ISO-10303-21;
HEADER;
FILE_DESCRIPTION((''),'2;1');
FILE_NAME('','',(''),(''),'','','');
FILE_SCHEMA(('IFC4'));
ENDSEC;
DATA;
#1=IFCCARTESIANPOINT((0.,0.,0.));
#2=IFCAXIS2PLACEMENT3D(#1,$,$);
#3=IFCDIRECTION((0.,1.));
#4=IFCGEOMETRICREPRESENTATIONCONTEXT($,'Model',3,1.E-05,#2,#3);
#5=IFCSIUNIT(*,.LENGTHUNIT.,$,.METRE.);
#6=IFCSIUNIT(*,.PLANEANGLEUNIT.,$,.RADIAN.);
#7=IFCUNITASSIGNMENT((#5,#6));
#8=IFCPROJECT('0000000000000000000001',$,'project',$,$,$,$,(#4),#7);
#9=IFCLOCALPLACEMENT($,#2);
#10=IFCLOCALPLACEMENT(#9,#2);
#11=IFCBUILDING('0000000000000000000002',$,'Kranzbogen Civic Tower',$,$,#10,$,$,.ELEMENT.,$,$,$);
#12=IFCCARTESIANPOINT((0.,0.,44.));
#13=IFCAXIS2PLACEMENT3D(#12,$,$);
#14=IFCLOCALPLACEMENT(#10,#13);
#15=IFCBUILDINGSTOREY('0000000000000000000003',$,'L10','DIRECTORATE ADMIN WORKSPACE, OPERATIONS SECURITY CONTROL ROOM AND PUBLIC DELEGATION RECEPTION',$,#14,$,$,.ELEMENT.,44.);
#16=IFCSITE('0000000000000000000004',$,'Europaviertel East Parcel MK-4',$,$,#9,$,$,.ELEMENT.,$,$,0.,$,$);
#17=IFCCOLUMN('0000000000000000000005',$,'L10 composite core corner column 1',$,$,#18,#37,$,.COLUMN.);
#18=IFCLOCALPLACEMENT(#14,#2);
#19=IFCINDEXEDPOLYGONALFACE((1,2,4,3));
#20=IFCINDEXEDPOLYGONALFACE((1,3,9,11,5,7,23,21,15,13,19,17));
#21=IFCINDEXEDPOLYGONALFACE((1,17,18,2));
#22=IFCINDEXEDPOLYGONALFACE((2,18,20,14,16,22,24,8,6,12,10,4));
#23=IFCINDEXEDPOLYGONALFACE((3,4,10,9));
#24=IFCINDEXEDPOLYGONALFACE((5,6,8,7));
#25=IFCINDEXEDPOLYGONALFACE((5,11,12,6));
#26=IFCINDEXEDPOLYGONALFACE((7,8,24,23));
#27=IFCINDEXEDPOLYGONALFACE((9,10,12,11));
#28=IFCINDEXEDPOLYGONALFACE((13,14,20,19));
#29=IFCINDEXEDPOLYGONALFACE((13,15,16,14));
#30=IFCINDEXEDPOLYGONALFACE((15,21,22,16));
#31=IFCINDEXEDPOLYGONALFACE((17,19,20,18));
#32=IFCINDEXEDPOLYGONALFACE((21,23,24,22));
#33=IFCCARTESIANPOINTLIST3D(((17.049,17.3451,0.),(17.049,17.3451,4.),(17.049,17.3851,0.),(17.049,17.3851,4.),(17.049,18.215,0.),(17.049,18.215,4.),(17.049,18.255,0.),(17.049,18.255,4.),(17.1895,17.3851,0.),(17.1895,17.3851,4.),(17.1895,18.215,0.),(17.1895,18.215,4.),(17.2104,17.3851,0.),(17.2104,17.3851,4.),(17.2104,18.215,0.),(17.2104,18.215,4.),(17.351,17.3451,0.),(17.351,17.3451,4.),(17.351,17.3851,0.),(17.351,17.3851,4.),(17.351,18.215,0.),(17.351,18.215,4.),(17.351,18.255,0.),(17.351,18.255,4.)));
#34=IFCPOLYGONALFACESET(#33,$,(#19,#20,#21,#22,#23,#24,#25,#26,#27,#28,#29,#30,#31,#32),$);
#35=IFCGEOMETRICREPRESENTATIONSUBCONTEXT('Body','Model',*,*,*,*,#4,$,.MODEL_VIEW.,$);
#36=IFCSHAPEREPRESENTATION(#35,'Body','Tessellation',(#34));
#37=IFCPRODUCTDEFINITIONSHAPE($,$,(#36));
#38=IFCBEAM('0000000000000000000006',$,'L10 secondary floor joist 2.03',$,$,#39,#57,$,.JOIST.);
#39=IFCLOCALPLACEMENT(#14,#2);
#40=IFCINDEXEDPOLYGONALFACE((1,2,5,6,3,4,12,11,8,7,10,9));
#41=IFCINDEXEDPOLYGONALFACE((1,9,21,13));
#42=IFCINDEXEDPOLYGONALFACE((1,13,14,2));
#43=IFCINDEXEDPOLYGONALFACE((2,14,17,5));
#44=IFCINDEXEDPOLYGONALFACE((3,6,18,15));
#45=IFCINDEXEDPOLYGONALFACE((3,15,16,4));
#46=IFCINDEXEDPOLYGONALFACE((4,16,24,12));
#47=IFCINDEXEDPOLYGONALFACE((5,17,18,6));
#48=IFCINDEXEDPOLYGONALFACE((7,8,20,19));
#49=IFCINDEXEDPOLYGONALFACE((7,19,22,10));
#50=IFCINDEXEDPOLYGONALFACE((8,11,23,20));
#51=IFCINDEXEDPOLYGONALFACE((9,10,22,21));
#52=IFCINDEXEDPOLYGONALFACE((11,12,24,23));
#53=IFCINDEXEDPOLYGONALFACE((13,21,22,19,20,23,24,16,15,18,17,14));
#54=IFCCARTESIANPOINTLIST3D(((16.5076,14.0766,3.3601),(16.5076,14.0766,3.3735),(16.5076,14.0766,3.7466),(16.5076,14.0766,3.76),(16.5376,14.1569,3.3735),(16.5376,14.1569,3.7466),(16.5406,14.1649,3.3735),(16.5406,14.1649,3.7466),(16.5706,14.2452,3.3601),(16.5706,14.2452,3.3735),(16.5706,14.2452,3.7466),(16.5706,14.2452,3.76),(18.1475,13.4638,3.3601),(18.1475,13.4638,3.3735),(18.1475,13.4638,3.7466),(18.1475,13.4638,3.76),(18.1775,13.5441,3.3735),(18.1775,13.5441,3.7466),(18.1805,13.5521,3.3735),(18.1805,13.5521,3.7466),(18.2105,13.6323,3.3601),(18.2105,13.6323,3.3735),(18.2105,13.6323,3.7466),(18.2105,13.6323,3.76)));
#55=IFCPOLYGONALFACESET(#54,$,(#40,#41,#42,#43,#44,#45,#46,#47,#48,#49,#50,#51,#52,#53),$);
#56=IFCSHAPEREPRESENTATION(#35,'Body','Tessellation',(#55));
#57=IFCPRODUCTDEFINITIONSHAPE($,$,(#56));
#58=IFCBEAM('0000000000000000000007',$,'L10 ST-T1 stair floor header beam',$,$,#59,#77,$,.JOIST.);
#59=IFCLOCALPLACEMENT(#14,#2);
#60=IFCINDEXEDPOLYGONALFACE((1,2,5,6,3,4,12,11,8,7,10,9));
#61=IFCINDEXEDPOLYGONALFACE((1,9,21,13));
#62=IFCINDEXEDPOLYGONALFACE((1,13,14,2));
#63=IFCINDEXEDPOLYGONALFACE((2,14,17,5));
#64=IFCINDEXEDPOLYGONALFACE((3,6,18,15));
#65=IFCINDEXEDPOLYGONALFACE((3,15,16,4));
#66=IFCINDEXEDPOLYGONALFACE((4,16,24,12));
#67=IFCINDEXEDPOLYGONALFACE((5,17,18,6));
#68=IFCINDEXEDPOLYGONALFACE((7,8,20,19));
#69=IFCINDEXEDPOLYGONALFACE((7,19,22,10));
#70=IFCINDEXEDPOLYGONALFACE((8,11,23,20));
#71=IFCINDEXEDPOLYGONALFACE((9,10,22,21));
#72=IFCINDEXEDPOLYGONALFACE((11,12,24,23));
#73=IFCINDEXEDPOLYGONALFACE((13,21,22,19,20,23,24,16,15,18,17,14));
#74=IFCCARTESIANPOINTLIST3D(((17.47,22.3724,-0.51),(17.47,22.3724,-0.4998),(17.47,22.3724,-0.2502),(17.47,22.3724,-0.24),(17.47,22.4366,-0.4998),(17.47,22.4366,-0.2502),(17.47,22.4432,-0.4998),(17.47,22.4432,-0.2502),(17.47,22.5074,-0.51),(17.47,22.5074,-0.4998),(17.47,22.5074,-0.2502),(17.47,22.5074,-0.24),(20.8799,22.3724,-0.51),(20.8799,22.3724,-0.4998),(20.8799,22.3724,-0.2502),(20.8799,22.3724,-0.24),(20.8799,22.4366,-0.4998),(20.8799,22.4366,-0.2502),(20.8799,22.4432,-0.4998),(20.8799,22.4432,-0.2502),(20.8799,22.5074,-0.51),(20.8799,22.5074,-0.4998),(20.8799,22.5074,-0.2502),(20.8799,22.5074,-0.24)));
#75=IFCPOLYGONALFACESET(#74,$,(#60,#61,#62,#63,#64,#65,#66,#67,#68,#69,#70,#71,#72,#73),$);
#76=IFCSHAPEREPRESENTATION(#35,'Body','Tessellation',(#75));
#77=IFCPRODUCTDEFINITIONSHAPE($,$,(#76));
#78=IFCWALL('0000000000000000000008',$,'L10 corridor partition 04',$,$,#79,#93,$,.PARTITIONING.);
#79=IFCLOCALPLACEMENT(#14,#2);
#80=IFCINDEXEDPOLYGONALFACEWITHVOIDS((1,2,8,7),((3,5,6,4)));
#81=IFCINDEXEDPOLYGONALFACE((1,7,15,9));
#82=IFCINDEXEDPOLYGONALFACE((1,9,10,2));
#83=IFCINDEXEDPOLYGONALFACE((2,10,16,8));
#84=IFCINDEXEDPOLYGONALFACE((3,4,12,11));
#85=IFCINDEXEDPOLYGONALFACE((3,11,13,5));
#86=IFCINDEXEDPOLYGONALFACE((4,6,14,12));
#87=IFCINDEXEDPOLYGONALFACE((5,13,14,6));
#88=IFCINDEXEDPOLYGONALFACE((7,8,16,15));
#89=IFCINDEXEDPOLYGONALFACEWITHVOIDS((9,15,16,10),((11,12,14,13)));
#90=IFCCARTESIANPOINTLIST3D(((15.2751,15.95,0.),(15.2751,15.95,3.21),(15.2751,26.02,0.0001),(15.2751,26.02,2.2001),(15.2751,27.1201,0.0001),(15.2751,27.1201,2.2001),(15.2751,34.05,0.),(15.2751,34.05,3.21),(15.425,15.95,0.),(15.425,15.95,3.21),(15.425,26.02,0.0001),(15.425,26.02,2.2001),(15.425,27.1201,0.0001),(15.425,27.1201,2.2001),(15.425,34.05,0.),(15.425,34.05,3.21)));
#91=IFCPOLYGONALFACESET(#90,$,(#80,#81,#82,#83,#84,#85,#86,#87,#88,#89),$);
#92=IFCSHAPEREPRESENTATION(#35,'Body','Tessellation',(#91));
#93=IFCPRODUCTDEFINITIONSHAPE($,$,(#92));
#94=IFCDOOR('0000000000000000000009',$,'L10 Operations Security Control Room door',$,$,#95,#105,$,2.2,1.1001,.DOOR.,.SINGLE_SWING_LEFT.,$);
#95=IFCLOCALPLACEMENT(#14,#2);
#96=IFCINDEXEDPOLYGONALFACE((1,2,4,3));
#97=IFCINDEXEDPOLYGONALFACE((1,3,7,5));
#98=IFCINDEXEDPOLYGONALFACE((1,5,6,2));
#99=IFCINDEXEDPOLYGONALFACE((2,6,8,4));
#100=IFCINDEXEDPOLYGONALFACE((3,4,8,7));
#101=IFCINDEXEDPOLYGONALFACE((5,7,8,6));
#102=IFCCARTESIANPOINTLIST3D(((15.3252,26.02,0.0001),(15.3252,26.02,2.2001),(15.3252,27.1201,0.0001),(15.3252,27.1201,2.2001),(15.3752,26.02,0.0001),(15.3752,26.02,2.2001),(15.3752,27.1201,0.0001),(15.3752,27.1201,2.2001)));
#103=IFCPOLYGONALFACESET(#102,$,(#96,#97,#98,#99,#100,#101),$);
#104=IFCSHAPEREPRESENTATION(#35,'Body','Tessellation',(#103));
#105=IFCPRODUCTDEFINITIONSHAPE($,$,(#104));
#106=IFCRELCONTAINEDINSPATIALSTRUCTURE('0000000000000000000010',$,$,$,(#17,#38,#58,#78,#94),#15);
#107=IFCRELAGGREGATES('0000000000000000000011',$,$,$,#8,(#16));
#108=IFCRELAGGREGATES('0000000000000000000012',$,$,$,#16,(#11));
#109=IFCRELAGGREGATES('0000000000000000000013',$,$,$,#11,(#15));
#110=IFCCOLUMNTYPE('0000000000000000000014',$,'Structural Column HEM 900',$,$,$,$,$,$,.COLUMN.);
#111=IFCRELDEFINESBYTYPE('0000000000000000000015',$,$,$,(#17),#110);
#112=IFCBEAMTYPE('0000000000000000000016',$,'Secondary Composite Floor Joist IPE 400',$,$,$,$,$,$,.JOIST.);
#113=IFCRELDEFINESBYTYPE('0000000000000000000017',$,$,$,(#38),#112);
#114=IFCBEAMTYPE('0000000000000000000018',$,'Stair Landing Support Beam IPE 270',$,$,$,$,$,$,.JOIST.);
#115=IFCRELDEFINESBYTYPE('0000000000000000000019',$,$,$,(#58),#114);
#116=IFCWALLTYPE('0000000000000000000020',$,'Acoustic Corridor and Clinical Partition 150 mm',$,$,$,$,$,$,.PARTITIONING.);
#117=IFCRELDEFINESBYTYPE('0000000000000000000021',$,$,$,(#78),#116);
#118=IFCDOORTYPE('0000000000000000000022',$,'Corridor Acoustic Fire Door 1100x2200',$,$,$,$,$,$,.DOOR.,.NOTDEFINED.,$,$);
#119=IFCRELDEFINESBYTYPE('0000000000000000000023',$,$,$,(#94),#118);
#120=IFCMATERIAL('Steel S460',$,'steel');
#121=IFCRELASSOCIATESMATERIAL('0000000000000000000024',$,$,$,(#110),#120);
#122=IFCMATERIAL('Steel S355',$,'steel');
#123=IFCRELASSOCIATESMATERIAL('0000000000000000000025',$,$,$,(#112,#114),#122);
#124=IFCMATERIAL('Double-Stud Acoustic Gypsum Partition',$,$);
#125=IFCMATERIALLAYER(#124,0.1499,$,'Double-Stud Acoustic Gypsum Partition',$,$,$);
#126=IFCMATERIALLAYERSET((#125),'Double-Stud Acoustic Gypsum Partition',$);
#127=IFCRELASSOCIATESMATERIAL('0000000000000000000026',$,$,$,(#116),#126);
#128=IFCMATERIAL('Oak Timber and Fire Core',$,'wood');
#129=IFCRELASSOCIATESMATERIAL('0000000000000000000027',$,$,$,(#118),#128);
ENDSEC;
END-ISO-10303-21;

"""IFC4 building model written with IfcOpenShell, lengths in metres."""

from ifc_helpers import new_model, si_unit, direction, frame, frame_2d, origin, origin_2d, place, context, subcontext, project, spatial, rectangle, i_section, extrude, material, layer, layer_set, material_profile, profile_set, type_object, element, fill, save


model = new_model("IFC4")

# Units and contexts
model_context = context("Model", 3, precision=1e-05, world=origin(), true_north=direction((0.0, 1.0)))
body_context = subcontext(model_context, "Body", "Model", "MODEL_VIEW")
ifc_project = project(units=[si_unit("LENGTHUNIT", "METRE"), si_unit("PLANEANGLEUNIT", "RADIAN")], contexts=[model_context])

# Site, building, storey
site_placement = place(None, origin())
site = spatial("IfcSite", under=ifc_project, at=site_placement, Name="Europaviertel East Parcel MK-4", CompositionType="ELEMENT", RefElevation=0.0)
building_placement = place(site_placement, origin())
building = spatial("IfcBuilding", under=site, at=building_placement, Name="Kranzbogen Civic Tower", CompositionType="ELEMENT")
storey_placement = place(building_placement, frame((0.0, 0.0, 44.0)))
storey = spatial("IfcBuildingStorey", under=building, at=storey_placement, Name="L10", Description="DIRECTORATE ADMIN WORKSPACE, OPERATIONS SECURITY CONTROL ROOM AND PUBLIC DELEGATION RECEPTION", CompositionType="ELEMENT", Elevation=44.0)

# Column
ifc_material_1 = material(Name="Steel S460", Category="steel")
ifc_material_profile_1 = material_profile(ifc_material_1, i_section(OverallWidth=0.302, OverallDepth=0.9099, WebThickness=0.021, FlangeThickness=0.04, at=origin_2d()), Name="HEM 900")
ifc_profile_set_1 = profile_set([ifc_material_profile_1], Name="Steel S460")
column_type = type_object("IfcColumnType", Name="Structural Column HEM 900", PredefinedType="COLUMN", material=ifc_profile_set_1)
column_placement = place(storey_placement, frame((17.2, 17.8, 0.0), z_axis=(0.0, 0.0, 1.0), x_axis=(1.0, 0.0, 0.0)))
element("IfcColumn", 1, at=column_placement, inside=storey, type_object=column_type, Name="L10 composite core corner column 1", PredefinedType="COLUMN", context=body_context, shape_type="SweptSolid", body=[
    extrude(i_section(OverallWidth=0.302, OverallDepth=0.9099, WebThickness=0.021, FlangeThickness=0.04, at=origin_2d()), origin(), (0.0, 0.0, 1.0), 4.0),
])

# Beams
ifc_material_2 = material(Name="Steel S355", Category="steel")
ifc_material_profile_2 = material_profile(ifc_material_2, i_section(OverallWidth=0.1799, OverallDepth=0.3999, WebThickness=0.0085, FlangeThickness=0.0134, at=origin_2d()), Name="IPE 400")
ifc_profile_set_2 = profile_set([ifc_material_profile_2], Name="Steel S355")
beam_type_1 = type_object("IfcBeamType", Name="Secondary Composite Floor Joist IPE 400", PredefinedType="JOIST", material=ifc_profile_set_2)
beam_1_placement = place(storey_placement, frame((16.5391, 14.1609, 3.5601), z_axis=(0.936735, -0.350038, 0.0), x_axis=(0.350038, 0.936735, 0.0)))
element("IfcBeam", 2, at=beam_1_placement, inside=storey, type_object=beam_type_1, Name="L10 secondary floor joist 2.03", PredefinedType="JOIST", context=body_context, shape_type="SweptSolid", body=[
    extrude(i_section(OverallWidth=0.1799, OverallDepth=0.3999, WebThickness=0.0085, FlangeThickness=0.0134, at=origin_2d()), origin(), (0.0, 0.0, 1.0), 1.7507),
])
ifc_material_profile_3 = material_profile(ifc_material_2, i_section(OverallWidth=0.135, OverallDepth=0.27, WebThickness=0.0066, FlangeThickness=0.0103, at=origin_2d()), Name="IPE 270")
ifc_profile_set_3 = profile_set([ifc_material_profile_3], Name="Steel S355")
beam_type_2 = type_object("IfcBeamType", Name="Stair Landing Support Beam IPE 270", PredefinedType="JOIST", material=ifc_profile_set_3)
beam_2_placement = place(storey_placement, frame((20.8799, 22.4399, -0.375), z_axis=(-1.0, 0.0, 0.0), x_axis=(0.0, -1.0, 0.0)))
element("IfcBeam", 3, at=beam_2_placement, inside=storey, type_object=beam_type_2, Name="L10 ST-T1 stair floor header beam", PredefinedType="JOIST", context=body_context, shape_type="SweptSolid", body=[
    extrude(i_section(OverallWidth=0.135, OverallDepth=0.27, WebThickness=0.0066, FlangeThickness=0.0103, at=origin_2d()), origin(), (0.0, 0.0, 1.0), 3.4099),
])

# Wall, opening, door
ifc_material_3 = material(Name="Double-Stud Acoustic Gypsum Partition")
ifc_layer_1 = layer(ifc_material_3, 0.1499, Name="Double-Stud Acoustic Gypsum Partition")
ifc_layer_set_1 = layer_set([ifc_layer_1], Name="Double-Stud Acoustic Gypsum Partition")
wall_type_1 = type_object("IfcWallType", Name="Acoustic Corridor and Clinical Partition 150 mm", PredefinedType="PARTITIONING", material=ifc_layer_set_1)
wall_1_placement = place(storey_placement, frame((15.3501, 15.95, 0.0), z_axis=(0.0, 0.0, 1.0), x_axis=(0.0, 1.0, 0.0)))
wall_1 = element("IfcWall", 4, at=wall_1_placement, inside=storey, type_object=wall_type_1, Name="L10 corridor partition 04", PredefinedType="PARTITIONING", context=body_context, shape_type="SweptSolid", body=[
    extrude(rectangle(XDim=18.1001, YDim=0.1499, at=frame_2d((9.05, 0.0))), origin(), (0.0, 0.0, 1.0), 3.21),
])
opening_1_placement = place(wall_1_placement, frame((10.0701, 0.0, 0.0)))
opening_1 = element("IfcOpeningElement", 5, at=opening_1_placement, cuts=wall_1, PredefinedType="OPENING", context=body_context, shape_type="SweptSolid", body=[
    extrude(rectangle(XDim=1.1001, YDim=2.2, at=frame_2d((0.55, 1.1001))), frame((0.0, 0.085, 0.0), z_axis=(0.0, -1.0, 0.0), x_axis=(1.0, 0.0, 0.0)), (0.0, 0.0, 1.0), 0.1699),
])
ifc_material_4 = material(Name="Oak Timber and Fire Core", Category="wood")
door_type_1 = type_object("IfcDoorType", Name="Corridor Acoustic Fire Door 1100x2200", OperationType="NOTDEFINED", PredefinedType="DOOR", material=ifc_material_4)
door_1_placement = place(opening_1_placement, origin())
door_1 = element("IfcDoor", 6, at=door_1_placement, inside=storey, type_object=door_type_1, Name="L10 Operations Security Control Room door", OperationType="SINGLE_SWING_LEFT", OverallHeight=2.2, OverallWidth=1.1001, PredefinedType="DOOR", context=body_context, shape_type="SweptSolid", body=[
    extrude(rectangle(XDim=1.1001, YDim=2.2, at=frame_2d((0.55, 1.1001))), frame((0.0, 0.0249, 0.0), z_axis=(0.0, -1.0, 0.0), x_axis=(1.0, 0.0, 0.0)), (0.0, 0.0, 1.0), 0.05),
])
fill(opening_1, door_1)

save(model, "model.ifc")
